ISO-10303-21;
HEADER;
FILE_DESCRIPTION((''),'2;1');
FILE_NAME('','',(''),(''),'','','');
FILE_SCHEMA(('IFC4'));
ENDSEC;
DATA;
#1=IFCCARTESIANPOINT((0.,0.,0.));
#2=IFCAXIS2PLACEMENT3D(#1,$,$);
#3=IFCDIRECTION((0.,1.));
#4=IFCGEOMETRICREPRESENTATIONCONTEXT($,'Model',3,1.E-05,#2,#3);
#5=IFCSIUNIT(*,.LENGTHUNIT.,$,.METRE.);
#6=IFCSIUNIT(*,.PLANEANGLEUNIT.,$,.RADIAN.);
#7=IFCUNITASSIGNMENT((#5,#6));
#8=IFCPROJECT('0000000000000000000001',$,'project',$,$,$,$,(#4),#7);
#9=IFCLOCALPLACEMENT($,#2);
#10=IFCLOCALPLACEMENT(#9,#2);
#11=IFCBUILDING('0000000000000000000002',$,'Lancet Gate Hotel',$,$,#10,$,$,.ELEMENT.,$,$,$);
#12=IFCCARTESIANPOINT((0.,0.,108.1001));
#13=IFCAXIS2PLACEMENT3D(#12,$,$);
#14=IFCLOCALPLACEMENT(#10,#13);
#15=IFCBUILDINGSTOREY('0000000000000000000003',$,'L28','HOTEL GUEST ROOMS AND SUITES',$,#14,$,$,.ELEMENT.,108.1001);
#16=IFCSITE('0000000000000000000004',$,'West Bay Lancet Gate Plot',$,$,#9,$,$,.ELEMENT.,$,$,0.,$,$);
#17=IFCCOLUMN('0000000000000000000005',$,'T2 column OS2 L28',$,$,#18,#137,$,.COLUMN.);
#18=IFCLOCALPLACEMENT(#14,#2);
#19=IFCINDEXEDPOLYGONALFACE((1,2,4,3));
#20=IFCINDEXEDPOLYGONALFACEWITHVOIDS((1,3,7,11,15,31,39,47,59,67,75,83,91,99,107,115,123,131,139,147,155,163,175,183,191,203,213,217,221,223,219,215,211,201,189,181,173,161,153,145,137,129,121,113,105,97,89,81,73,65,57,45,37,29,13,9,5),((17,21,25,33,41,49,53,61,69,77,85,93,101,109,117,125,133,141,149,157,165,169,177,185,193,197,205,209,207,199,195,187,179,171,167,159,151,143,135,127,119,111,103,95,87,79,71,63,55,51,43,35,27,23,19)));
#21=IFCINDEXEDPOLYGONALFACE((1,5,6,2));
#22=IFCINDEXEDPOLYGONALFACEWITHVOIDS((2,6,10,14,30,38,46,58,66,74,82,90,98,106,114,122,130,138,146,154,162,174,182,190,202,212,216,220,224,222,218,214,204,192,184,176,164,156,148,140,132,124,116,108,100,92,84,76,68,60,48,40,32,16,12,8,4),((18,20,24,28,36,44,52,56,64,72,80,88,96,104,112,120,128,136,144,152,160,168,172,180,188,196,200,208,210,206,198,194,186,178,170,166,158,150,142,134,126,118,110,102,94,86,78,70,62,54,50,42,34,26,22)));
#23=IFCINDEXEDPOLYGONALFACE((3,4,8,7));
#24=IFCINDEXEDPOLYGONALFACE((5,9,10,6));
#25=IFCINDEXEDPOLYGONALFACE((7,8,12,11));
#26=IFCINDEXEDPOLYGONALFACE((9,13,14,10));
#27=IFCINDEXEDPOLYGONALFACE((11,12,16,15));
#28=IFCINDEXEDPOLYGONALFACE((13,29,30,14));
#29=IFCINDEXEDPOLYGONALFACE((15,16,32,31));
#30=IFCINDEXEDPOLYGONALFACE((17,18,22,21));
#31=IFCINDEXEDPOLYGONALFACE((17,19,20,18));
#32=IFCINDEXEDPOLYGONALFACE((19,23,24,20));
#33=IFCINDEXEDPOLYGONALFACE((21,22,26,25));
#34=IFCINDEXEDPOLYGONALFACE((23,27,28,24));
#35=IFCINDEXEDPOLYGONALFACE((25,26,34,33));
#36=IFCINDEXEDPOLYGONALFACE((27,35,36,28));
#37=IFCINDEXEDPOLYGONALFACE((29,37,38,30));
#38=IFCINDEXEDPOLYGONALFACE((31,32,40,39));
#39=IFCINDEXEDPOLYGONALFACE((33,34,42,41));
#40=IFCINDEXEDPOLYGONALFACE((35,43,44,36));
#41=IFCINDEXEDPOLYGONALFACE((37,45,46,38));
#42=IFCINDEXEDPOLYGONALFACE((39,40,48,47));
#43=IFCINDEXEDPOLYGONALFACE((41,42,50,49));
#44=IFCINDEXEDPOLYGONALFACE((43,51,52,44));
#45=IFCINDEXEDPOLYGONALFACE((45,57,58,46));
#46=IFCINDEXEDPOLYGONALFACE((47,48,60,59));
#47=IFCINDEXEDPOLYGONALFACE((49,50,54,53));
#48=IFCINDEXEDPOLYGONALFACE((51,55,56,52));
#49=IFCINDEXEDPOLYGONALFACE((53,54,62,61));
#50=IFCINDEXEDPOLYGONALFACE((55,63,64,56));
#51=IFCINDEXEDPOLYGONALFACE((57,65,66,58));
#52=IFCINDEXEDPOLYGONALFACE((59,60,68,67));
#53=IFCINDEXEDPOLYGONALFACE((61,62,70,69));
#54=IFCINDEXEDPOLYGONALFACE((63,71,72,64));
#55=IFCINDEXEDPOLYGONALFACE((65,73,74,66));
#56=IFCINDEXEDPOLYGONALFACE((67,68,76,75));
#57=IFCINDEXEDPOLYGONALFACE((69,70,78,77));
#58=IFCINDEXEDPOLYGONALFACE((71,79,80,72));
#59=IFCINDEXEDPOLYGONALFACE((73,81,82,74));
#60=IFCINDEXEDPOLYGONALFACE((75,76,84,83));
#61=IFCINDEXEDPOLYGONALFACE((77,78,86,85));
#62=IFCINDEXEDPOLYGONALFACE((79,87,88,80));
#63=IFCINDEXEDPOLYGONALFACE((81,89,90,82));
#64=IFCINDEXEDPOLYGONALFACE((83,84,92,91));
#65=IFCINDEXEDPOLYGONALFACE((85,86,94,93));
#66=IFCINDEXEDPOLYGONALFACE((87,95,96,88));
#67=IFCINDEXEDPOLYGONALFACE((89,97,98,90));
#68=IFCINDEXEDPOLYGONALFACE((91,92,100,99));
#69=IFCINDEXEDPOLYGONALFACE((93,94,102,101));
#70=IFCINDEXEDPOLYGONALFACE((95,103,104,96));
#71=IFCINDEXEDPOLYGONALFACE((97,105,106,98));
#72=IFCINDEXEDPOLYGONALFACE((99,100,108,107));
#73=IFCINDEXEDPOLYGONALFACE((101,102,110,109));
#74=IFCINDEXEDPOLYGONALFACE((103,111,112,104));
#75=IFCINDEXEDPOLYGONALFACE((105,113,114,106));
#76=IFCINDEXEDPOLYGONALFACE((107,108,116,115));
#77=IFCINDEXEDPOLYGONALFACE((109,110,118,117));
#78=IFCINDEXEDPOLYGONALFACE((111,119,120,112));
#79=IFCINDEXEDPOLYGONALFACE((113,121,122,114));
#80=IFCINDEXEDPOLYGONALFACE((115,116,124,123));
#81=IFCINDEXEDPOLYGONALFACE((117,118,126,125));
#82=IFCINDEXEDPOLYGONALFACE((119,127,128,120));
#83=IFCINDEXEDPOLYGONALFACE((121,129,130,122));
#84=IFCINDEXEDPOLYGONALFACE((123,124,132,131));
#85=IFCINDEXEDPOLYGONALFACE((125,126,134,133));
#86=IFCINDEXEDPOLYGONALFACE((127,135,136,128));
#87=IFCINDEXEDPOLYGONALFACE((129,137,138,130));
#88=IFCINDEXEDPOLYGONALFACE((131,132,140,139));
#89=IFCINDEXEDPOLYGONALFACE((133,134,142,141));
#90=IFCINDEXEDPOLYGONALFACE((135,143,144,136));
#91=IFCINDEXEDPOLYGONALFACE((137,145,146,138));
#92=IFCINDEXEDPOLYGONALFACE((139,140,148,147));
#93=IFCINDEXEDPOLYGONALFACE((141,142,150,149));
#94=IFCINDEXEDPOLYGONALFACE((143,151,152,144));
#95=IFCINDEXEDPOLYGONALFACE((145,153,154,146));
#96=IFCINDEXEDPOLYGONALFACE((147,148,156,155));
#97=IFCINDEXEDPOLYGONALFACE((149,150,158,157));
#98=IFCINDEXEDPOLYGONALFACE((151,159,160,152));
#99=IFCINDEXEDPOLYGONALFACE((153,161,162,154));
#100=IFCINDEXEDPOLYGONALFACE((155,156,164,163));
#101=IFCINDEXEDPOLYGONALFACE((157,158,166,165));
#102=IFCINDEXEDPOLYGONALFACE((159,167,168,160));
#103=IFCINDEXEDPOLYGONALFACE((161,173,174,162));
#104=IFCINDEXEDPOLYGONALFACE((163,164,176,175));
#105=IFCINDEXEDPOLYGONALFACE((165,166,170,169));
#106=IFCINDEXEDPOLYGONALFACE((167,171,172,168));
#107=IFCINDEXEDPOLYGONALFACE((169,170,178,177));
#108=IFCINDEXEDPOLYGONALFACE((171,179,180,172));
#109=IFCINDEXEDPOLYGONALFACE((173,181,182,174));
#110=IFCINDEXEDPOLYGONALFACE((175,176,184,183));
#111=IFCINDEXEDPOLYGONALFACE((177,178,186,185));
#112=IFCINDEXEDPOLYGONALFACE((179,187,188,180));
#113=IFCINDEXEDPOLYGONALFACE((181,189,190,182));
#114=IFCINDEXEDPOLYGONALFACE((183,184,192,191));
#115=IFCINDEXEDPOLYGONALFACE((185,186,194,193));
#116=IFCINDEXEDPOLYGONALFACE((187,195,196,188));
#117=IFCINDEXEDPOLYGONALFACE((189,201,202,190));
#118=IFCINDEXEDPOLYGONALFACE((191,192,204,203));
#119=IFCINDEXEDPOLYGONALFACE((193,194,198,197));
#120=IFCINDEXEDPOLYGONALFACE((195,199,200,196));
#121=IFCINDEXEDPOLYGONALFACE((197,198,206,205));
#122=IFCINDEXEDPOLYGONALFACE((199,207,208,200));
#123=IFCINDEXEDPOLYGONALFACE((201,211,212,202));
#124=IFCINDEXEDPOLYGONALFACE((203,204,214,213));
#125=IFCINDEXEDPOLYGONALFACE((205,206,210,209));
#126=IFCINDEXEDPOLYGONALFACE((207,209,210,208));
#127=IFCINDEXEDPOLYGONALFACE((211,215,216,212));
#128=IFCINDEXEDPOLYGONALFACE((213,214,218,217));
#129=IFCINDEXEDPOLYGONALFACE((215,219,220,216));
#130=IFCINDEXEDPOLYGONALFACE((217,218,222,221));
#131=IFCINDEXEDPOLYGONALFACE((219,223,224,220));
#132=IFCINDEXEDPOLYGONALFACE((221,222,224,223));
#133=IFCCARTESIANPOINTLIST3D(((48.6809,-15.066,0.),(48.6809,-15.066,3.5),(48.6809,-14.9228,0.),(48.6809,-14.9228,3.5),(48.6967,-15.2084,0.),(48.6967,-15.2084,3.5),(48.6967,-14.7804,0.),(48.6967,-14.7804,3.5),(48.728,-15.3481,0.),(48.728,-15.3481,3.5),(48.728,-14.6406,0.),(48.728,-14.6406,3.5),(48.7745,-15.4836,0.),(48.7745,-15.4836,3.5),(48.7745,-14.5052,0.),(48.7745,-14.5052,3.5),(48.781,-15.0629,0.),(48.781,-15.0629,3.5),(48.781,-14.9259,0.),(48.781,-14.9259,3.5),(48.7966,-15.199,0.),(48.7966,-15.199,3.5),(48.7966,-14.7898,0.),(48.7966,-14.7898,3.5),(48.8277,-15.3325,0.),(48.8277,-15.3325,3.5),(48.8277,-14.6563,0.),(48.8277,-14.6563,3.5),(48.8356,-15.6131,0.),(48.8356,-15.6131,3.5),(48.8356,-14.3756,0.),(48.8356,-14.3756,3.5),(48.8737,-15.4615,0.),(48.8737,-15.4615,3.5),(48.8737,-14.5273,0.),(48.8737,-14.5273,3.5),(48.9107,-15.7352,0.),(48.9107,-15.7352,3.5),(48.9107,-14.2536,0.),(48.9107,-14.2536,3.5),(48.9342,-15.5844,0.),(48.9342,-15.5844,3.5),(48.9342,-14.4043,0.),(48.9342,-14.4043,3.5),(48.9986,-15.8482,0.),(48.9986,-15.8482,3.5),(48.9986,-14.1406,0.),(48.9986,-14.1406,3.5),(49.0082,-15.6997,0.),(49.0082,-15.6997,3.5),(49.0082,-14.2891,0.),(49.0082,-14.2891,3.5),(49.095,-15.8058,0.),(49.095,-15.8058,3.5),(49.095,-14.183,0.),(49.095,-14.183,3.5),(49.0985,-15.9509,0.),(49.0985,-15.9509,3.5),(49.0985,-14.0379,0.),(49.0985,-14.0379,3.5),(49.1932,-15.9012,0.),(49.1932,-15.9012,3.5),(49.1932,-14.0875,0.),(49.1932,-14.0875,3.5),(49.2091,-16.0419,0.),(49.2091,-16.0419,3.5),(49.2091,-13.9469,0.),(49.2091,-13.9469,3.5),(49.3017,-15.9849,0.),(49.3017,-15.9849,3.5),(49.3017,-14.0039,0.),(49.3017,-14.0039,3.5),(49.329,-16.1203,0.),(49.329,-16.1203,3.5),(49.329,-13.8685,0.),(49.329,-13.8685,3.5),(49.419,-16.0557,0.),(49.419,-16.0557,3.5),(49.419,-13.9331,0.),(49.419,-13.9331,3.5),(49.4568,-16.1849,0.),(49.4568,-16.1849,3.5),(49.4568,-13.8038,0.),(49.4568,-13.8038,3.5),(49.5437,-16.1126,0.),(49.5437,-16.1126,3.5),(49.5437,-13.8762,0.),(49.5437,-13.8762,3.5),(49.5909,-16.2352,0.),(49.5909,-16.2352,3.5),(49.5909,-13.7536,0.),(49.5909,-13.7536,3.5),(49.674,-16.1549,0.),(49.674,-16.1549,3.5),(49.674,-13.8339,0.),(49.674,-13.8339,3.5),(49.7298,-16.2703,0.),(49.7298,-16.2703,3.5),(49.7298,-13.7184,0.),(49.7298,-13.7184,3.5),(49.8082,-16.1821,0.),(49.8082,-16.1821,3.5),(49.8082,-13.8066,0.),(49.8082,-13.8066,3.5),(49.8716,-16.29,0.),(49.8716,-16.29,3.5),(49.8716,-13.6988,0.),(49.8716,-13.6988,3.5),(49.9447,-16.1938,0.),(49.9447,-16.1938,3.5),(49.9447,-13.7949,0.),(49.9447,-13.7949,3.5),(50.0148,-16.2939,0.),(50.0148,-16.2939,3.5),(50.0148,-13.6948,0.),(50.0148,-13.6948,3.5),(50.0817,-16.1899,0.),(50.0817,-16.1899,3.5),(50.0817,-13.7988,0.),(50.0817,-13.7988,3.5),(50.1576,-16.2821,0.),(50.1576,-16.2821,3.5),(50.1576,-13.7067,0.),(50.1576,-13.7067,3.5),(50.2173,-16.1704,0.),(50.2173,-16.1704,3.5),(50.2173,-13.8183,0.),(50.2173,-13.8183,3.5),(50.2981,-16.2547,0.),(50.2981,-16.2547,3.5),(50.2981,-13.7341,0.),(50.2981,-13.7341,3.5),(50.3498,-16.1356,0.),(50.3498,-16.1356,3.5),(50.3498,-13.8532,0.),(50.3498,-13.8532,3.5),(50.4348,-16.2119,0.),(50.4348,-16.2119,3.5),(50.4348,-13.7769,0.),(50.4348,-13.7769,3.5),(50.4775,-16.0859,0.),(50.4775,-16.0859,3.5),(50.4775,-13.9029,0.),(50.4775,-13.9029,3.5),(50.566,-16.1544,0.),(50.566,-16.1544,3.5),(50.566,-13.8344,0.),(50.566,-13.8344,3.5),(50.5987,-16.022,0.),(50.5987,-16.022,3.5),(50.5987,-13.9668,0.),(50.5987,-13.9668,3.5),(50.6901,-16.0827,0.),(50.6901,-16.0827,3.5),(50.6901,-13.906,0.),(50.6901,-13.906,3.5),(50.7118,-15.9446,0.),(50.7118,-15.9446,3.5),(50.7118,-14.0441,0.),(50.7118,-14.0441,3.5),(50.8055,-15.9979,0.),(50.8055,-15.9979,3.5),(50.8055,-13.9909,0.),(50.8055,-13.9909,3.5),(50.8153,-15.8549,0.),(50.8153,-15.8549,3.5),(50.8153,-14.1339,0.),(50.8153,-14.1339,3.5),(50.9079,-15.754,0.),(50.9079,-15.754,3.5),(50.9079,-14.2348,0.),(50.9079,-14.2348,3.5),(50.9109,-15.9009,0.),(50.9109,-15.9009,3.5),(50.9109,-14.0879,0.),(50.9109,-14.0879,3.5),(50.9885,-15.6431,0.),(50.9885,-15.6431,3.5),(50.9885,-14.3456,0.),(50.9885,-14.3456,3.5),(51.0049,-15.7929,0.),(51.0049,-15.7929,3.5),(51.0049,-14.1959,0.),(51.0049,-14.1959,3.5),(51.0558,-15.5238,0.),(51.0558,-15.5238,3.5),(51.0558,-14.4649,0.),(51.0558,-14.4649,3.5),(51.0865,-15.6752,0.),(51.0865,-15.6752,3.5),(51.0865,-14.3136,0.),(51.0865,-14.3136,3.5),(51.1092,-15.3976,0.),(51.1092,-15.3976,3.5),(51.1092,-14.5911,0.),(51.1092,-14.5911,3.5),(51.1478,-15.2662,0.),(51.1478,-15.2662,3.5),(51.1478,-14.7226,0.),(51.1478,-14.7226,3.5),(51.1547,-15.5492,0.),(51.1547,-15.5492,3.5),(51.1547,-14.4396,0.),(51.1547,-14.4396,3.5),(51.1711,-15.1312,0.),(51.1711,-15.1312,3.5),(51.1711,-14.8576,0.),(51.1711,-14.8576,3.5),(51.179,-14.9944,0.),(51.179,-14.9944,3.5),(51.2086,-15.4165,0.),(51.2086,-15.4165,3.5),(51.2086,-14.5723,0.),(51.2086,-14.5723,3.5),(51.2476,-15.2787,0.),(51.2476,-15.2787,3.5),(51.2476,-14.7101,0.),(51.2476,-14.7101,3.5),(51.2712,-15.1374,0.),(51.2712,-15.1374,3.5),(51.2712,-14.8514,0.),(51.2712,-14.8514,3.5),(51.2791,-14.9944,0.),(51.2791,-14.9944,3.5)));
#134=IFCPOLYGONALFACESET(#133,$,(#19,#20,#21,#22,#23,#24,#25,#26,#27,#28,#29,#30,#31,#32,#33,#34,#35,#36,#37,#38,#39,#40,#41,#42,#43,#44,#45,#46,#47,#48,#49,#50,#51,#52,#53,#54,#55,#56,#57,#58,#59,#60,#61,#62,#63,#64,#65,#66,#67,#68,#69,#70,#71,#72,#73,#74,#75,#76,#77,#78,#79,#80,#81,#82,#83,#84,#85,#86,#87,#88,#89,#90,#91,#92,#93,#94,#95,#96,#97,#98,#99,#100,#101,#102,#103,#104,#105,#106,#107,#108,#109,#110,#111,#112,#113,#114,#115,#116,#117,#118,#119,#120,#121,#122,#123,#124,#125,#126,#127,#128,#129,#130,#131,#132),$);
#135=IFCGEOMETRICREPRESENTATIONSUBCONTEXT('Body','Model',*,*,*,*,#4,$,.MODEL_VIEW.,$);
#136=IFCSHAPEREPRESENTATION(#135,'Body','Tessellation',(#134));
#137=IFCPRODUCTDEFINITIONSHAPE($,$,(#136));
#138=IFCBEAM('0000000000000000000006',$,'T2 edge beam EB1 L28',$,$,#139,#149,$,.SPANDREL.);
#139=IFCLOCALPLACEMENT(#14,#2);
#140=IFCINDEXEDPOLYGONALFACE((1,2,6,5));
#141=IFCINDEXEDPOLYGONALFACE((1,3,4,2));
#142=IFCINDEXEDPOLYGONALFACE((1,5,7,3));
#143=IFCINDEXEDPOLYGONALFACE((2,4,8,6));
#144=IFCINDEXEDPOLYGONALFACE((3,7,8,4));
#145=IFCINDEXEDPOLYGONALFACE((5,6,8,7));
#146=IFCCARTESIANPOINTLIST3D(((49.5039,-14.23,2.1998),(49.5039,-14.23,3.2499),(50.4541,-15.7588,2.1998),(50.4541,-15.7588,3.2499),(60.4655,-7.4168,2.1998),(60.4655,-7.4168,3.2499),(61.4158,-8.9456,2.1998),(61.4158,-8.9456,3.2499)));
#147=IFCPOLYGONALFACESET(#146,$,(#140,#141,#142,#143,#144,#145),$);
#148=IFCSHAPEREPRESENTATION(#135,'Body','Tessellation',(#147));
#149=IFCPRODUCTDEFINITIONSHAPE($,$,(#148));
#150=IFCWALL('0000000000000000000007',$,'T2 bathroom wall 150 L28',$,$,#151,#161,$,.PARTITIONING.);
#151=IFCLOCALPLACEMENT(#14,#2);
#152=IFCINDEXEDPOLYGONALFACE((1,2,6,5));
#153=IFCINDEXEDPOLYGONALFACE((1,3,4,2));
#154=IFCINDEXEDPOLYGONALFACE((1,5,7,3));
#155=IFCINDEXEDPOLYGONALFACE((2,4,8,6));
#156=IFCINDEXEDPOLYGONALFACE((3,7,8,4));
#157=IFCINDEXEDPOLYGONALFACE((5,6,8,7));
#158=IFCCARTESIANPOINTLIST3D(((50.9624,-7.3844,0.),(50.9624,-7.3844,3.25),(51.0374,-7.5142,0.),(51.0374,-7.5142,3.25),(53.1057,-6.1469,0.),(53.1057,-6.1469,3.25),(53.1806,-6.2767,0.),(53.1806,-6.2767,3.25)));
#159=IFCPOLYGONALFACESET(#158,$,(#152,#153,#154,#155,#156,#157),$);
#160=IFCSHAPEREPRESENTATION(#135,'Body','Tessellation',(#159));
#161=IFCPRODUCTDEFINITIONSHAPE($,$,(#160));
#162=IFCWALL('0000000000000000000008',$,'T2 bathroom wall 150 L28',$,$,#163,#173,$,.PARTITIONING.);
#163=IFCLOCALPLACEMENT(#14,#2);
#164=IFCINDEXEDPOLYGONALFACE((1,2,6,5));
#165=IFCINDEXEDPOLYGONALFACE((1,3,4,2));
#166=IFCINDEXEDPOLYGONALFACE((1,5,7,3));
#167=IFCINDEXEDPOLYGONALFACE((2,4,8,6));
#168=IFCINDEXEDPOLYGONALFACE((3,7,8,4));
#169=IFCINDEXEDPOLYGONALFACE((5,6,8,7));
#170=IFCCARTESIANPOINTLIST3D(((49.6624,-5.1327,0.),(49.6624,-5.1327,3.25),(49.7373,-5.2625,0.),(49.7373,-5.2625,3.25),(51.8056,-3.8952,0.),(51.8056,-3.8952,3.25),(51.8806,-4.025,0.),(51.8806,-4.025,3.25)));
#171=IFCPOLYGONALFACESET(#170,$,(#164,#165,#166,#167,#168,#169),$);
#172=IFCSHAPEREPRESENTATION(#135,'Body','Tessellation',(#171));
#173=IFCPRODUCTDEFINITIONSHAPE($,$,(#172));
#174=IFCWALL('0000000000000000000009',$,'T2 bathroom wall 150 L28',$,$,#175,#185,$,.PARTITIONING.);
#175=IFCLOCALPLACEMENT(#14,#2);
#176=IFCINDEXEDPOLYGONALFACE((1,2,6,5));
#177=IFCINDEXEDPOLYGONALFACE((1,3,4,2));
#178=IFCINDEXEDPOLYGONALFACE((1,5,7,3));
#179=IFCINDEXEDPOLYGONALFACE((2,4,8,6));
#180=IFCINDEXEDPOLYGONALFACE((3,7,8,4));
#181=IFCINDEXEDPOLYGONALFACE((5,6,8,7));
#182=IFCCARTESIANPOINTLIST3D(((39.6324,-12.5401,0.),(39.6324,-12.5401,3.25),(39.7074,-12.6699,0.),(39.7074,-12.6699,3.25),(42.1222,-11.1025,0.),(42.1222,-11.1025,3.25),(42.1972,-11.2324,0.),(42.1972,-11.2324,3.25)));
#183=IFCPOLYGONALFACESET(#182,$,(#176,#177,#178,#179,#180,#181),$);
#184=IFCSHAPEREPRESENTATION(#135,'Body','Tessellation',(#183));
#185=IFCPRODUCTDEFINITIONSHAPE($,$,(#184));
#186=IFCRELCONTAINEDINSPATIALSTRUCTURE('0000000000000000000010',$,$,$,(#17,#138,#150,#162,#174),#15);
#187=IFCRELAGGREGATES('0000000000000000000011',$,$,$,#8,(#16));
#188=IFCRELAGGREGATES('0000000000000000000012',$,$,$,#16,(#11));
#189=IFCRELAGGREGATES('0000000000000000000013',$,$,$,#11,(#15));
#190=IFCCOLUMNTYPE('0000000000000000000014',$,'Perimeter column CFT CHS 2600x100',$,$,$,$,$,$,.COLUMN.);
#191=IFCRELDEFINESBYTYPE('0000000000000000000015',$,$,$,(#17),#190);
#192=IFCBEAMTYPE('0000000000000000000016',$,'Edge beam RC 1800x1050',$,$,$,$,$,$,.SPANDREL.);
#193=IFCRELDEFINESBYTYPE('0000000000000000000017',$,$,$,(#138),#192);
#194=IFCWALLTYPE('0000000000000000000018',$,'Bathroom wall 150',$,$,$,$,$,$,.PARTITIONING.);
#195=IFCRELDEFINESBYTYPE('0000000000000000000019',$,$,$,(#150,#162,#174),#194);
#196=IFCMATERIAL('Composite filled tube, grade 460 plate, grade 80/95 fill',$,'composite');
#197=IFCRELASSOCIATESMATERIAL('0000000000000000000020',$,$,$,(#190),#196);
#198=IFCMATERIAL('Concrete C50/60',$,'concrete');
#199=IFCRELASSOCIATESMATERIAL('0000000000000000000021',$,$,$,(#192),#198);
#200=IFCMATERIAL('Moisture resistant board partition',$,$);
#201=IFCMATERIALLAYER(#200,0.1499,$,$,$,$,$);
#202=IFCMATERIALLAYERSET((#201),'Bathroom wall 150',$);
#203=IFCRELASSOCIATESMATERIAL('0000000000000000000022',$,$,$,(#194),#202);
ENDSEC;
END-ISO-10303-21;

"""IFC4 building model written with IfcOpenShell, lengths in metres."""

from ifc_helpers import new_model, si_unit, direction, frame, frame_2d, origin, origin_2d, place, context, subcontext, project, spatial, rectangle, hollow_circle, extrude, material, layer, layer_set, material_profile, profile_set, type_object, element, save


model = new_model("IFC4")

# Units and contexts
model_context = context("Model", 3, precision=1e-05, world=origin(), true_north=direction((0.0, 1.0)))
body_context = subcontext(model_context, "Body", "Model", "MODEL_VIEW")
ifc_project = project(units=[si_unit("LENGTHUNIT", "METRE"), si_unit("PLANEANGLEUNIT", "RADIAN")], contexts=[model_context])

# Site, building, storey
site_placement = place(None, origin())
site = spatial("IfcSite", under=ifc_project, at=site_placement, Name="West Bay Lancet Gate Plot", CompositionType="ELEMENT", RefElevation=0.0)
building_placement = place(site_placement, origin())
building = spatial("IfcBuilding", under=site, at=building_placement, Name="Lancet Gate Hotel", CompositionType="ELEMENT")
storey_placement = place(building_placement, frame((0.0, 0.0, 108.1001)))
storey = spatial("IfcBuildingStorey", under=building, at=storey_placement, Name="L28", Description="HOTEL GUEST ROOMS AND SUITES", CompositionType="ELEMENT", Elevation=108.1001)

# Column
ifc_material_1 = material(Name="Composite filled tube, grade 460 plate, grade 80/95 fill", Category="composite")
ifc_material_profile_1 = material_profile(ifc_material_1, hollow_circle(Radius=1.3, WallThickness=0.1001, at=origin_2d()), Name="CHS 2600x100")
ifc_profile_set_1 = profile_set([ifc_material_profile_1], Name="Composite filled tube, grade 460 plate, grade 80/95 fill")
column_type = type_object("IfcColumnType", Name="Perimeter column CFT CHS 2600x100", PredefinedType="COLUMN", material=ifc_profile_set_1)
column_placement = place(storey_placement, frame((49.979, -14.9944, 0.0), z_axis=(0.0, 0.0, 1.0), x_axis=(1.0, 0.0, 0.0)))
element("IfcColumn", 1, at=column_placement, inside=storey, type_object=column_type, Name="T2 column OS2 L28", PredefinedType="COLUMN", context=body_context, shape_type="SweptSolid", body=[
    extrude(hollow_circle(Radius=1.3, WallThickness=0.1001, at=origin_2d()), origin(), (0.0, 0.0, 1.0), 3.5),
])

# Beam
ifc_material_2 = material(Name="Concrete C50/60", Category="concrete")
ifc_material_profile_2 = material_profile(ifc_material_2, rectangle(XDim=1.8, YDim=1.05, at=origin_2d()), Name="RC 1800x1050")
ifc_profile_set_2 = profile_set([ifc_material_profile_2], Name="Concrete C50/60")
beam_type = type_object("IfcBeamType", Name="Edge beam RC 1800x1050", PredefinedType="SPANDREL", material=ifc_profile_set_2)
beam_placement = place(storey_placement, frame((49.979, -14.9944, 2.7249), z_axis=(0.849312, 0.527891, 0.0), x_axis=(-0.527891, 0.849312, 0.0)))
element("IfcBeam", 2, at=beam_placement, inside=storey, type_object=beam_type, Name="T2 edge beam EB1 L28", PredefinedType="SPANDREL", context=body_context, shape_type="SweptSolid", body=[
    extrude(rectangle(XDim=1.8, YDim=1.05, at=origin_2d()), origin(), (0.0, 0.0, 1.0), 12.9065),
])

# Walls
ifc_material_3 = material(Name="Moisture resistant board partition")
ifc_layer_1 = layer(ifc_material_3, 0.1499)
ifc_layer_set_1 = layer_set([ifc_layer_1], Name="Bathroom wall 150")
wall_type_1 = type_object("IfcWallType", Name="Bathroom wall 150", PredefinedType="PARTITIONING", material=ifc_layer_set_1)
for number, where, z_axis, x_axis, name in (
    (3, (51.0, -7.4492, 0.0), (0.0, 0.0, 1.0), (0.866007, 0.500033, 0.0), "T2 bathroom wall 150 L28"),
    (4, (49.7, -5.1975, 0.0), (0.0, 0.0, 1.0), (0.866007, 0.500033, 0.0), "T2 bathroom wall 150 L28"),
):
    element("IfcWall", number, at=place(storey_placement, frame(where, z_axis=z_axis, x_axis=x_axis)), inside=storey, type_object=wall_type_1, Name=name, PredefinedType="PARTITIONING", context=body_context, shape_type="SweptSolid", body=[
        extrude(rectangle(XDim=2.4749, YDim=0.1499, at=frame_2d((1.2373, 0.0))), origin(), (0.0, 0.0, 1.0), 3.25),
    ])
wall_1_placement = place(storey_placement, frame((39.6699, -12.605, 0.0), z_axis=(0.0, 0.0, 1.0), x_axis=(0.866019, 0.500012, 0.0)))
element("IfcWall", 5, at=wall_1_placement, inside=storey, type_object=wall_type_1, Name="T2 bathroom wall 150 L28", PredefinedType="PARTITIONING", context=body_context, shape_type="SweptSolid", body=[
    extrude(rectangle(XDim=2.875, YDim=0.1499, at=frame_2d((1.4375, 0.0))), origin(), (0.0, 0.0, 1.0), 3.25),
])

save(model, "model.ifc")
